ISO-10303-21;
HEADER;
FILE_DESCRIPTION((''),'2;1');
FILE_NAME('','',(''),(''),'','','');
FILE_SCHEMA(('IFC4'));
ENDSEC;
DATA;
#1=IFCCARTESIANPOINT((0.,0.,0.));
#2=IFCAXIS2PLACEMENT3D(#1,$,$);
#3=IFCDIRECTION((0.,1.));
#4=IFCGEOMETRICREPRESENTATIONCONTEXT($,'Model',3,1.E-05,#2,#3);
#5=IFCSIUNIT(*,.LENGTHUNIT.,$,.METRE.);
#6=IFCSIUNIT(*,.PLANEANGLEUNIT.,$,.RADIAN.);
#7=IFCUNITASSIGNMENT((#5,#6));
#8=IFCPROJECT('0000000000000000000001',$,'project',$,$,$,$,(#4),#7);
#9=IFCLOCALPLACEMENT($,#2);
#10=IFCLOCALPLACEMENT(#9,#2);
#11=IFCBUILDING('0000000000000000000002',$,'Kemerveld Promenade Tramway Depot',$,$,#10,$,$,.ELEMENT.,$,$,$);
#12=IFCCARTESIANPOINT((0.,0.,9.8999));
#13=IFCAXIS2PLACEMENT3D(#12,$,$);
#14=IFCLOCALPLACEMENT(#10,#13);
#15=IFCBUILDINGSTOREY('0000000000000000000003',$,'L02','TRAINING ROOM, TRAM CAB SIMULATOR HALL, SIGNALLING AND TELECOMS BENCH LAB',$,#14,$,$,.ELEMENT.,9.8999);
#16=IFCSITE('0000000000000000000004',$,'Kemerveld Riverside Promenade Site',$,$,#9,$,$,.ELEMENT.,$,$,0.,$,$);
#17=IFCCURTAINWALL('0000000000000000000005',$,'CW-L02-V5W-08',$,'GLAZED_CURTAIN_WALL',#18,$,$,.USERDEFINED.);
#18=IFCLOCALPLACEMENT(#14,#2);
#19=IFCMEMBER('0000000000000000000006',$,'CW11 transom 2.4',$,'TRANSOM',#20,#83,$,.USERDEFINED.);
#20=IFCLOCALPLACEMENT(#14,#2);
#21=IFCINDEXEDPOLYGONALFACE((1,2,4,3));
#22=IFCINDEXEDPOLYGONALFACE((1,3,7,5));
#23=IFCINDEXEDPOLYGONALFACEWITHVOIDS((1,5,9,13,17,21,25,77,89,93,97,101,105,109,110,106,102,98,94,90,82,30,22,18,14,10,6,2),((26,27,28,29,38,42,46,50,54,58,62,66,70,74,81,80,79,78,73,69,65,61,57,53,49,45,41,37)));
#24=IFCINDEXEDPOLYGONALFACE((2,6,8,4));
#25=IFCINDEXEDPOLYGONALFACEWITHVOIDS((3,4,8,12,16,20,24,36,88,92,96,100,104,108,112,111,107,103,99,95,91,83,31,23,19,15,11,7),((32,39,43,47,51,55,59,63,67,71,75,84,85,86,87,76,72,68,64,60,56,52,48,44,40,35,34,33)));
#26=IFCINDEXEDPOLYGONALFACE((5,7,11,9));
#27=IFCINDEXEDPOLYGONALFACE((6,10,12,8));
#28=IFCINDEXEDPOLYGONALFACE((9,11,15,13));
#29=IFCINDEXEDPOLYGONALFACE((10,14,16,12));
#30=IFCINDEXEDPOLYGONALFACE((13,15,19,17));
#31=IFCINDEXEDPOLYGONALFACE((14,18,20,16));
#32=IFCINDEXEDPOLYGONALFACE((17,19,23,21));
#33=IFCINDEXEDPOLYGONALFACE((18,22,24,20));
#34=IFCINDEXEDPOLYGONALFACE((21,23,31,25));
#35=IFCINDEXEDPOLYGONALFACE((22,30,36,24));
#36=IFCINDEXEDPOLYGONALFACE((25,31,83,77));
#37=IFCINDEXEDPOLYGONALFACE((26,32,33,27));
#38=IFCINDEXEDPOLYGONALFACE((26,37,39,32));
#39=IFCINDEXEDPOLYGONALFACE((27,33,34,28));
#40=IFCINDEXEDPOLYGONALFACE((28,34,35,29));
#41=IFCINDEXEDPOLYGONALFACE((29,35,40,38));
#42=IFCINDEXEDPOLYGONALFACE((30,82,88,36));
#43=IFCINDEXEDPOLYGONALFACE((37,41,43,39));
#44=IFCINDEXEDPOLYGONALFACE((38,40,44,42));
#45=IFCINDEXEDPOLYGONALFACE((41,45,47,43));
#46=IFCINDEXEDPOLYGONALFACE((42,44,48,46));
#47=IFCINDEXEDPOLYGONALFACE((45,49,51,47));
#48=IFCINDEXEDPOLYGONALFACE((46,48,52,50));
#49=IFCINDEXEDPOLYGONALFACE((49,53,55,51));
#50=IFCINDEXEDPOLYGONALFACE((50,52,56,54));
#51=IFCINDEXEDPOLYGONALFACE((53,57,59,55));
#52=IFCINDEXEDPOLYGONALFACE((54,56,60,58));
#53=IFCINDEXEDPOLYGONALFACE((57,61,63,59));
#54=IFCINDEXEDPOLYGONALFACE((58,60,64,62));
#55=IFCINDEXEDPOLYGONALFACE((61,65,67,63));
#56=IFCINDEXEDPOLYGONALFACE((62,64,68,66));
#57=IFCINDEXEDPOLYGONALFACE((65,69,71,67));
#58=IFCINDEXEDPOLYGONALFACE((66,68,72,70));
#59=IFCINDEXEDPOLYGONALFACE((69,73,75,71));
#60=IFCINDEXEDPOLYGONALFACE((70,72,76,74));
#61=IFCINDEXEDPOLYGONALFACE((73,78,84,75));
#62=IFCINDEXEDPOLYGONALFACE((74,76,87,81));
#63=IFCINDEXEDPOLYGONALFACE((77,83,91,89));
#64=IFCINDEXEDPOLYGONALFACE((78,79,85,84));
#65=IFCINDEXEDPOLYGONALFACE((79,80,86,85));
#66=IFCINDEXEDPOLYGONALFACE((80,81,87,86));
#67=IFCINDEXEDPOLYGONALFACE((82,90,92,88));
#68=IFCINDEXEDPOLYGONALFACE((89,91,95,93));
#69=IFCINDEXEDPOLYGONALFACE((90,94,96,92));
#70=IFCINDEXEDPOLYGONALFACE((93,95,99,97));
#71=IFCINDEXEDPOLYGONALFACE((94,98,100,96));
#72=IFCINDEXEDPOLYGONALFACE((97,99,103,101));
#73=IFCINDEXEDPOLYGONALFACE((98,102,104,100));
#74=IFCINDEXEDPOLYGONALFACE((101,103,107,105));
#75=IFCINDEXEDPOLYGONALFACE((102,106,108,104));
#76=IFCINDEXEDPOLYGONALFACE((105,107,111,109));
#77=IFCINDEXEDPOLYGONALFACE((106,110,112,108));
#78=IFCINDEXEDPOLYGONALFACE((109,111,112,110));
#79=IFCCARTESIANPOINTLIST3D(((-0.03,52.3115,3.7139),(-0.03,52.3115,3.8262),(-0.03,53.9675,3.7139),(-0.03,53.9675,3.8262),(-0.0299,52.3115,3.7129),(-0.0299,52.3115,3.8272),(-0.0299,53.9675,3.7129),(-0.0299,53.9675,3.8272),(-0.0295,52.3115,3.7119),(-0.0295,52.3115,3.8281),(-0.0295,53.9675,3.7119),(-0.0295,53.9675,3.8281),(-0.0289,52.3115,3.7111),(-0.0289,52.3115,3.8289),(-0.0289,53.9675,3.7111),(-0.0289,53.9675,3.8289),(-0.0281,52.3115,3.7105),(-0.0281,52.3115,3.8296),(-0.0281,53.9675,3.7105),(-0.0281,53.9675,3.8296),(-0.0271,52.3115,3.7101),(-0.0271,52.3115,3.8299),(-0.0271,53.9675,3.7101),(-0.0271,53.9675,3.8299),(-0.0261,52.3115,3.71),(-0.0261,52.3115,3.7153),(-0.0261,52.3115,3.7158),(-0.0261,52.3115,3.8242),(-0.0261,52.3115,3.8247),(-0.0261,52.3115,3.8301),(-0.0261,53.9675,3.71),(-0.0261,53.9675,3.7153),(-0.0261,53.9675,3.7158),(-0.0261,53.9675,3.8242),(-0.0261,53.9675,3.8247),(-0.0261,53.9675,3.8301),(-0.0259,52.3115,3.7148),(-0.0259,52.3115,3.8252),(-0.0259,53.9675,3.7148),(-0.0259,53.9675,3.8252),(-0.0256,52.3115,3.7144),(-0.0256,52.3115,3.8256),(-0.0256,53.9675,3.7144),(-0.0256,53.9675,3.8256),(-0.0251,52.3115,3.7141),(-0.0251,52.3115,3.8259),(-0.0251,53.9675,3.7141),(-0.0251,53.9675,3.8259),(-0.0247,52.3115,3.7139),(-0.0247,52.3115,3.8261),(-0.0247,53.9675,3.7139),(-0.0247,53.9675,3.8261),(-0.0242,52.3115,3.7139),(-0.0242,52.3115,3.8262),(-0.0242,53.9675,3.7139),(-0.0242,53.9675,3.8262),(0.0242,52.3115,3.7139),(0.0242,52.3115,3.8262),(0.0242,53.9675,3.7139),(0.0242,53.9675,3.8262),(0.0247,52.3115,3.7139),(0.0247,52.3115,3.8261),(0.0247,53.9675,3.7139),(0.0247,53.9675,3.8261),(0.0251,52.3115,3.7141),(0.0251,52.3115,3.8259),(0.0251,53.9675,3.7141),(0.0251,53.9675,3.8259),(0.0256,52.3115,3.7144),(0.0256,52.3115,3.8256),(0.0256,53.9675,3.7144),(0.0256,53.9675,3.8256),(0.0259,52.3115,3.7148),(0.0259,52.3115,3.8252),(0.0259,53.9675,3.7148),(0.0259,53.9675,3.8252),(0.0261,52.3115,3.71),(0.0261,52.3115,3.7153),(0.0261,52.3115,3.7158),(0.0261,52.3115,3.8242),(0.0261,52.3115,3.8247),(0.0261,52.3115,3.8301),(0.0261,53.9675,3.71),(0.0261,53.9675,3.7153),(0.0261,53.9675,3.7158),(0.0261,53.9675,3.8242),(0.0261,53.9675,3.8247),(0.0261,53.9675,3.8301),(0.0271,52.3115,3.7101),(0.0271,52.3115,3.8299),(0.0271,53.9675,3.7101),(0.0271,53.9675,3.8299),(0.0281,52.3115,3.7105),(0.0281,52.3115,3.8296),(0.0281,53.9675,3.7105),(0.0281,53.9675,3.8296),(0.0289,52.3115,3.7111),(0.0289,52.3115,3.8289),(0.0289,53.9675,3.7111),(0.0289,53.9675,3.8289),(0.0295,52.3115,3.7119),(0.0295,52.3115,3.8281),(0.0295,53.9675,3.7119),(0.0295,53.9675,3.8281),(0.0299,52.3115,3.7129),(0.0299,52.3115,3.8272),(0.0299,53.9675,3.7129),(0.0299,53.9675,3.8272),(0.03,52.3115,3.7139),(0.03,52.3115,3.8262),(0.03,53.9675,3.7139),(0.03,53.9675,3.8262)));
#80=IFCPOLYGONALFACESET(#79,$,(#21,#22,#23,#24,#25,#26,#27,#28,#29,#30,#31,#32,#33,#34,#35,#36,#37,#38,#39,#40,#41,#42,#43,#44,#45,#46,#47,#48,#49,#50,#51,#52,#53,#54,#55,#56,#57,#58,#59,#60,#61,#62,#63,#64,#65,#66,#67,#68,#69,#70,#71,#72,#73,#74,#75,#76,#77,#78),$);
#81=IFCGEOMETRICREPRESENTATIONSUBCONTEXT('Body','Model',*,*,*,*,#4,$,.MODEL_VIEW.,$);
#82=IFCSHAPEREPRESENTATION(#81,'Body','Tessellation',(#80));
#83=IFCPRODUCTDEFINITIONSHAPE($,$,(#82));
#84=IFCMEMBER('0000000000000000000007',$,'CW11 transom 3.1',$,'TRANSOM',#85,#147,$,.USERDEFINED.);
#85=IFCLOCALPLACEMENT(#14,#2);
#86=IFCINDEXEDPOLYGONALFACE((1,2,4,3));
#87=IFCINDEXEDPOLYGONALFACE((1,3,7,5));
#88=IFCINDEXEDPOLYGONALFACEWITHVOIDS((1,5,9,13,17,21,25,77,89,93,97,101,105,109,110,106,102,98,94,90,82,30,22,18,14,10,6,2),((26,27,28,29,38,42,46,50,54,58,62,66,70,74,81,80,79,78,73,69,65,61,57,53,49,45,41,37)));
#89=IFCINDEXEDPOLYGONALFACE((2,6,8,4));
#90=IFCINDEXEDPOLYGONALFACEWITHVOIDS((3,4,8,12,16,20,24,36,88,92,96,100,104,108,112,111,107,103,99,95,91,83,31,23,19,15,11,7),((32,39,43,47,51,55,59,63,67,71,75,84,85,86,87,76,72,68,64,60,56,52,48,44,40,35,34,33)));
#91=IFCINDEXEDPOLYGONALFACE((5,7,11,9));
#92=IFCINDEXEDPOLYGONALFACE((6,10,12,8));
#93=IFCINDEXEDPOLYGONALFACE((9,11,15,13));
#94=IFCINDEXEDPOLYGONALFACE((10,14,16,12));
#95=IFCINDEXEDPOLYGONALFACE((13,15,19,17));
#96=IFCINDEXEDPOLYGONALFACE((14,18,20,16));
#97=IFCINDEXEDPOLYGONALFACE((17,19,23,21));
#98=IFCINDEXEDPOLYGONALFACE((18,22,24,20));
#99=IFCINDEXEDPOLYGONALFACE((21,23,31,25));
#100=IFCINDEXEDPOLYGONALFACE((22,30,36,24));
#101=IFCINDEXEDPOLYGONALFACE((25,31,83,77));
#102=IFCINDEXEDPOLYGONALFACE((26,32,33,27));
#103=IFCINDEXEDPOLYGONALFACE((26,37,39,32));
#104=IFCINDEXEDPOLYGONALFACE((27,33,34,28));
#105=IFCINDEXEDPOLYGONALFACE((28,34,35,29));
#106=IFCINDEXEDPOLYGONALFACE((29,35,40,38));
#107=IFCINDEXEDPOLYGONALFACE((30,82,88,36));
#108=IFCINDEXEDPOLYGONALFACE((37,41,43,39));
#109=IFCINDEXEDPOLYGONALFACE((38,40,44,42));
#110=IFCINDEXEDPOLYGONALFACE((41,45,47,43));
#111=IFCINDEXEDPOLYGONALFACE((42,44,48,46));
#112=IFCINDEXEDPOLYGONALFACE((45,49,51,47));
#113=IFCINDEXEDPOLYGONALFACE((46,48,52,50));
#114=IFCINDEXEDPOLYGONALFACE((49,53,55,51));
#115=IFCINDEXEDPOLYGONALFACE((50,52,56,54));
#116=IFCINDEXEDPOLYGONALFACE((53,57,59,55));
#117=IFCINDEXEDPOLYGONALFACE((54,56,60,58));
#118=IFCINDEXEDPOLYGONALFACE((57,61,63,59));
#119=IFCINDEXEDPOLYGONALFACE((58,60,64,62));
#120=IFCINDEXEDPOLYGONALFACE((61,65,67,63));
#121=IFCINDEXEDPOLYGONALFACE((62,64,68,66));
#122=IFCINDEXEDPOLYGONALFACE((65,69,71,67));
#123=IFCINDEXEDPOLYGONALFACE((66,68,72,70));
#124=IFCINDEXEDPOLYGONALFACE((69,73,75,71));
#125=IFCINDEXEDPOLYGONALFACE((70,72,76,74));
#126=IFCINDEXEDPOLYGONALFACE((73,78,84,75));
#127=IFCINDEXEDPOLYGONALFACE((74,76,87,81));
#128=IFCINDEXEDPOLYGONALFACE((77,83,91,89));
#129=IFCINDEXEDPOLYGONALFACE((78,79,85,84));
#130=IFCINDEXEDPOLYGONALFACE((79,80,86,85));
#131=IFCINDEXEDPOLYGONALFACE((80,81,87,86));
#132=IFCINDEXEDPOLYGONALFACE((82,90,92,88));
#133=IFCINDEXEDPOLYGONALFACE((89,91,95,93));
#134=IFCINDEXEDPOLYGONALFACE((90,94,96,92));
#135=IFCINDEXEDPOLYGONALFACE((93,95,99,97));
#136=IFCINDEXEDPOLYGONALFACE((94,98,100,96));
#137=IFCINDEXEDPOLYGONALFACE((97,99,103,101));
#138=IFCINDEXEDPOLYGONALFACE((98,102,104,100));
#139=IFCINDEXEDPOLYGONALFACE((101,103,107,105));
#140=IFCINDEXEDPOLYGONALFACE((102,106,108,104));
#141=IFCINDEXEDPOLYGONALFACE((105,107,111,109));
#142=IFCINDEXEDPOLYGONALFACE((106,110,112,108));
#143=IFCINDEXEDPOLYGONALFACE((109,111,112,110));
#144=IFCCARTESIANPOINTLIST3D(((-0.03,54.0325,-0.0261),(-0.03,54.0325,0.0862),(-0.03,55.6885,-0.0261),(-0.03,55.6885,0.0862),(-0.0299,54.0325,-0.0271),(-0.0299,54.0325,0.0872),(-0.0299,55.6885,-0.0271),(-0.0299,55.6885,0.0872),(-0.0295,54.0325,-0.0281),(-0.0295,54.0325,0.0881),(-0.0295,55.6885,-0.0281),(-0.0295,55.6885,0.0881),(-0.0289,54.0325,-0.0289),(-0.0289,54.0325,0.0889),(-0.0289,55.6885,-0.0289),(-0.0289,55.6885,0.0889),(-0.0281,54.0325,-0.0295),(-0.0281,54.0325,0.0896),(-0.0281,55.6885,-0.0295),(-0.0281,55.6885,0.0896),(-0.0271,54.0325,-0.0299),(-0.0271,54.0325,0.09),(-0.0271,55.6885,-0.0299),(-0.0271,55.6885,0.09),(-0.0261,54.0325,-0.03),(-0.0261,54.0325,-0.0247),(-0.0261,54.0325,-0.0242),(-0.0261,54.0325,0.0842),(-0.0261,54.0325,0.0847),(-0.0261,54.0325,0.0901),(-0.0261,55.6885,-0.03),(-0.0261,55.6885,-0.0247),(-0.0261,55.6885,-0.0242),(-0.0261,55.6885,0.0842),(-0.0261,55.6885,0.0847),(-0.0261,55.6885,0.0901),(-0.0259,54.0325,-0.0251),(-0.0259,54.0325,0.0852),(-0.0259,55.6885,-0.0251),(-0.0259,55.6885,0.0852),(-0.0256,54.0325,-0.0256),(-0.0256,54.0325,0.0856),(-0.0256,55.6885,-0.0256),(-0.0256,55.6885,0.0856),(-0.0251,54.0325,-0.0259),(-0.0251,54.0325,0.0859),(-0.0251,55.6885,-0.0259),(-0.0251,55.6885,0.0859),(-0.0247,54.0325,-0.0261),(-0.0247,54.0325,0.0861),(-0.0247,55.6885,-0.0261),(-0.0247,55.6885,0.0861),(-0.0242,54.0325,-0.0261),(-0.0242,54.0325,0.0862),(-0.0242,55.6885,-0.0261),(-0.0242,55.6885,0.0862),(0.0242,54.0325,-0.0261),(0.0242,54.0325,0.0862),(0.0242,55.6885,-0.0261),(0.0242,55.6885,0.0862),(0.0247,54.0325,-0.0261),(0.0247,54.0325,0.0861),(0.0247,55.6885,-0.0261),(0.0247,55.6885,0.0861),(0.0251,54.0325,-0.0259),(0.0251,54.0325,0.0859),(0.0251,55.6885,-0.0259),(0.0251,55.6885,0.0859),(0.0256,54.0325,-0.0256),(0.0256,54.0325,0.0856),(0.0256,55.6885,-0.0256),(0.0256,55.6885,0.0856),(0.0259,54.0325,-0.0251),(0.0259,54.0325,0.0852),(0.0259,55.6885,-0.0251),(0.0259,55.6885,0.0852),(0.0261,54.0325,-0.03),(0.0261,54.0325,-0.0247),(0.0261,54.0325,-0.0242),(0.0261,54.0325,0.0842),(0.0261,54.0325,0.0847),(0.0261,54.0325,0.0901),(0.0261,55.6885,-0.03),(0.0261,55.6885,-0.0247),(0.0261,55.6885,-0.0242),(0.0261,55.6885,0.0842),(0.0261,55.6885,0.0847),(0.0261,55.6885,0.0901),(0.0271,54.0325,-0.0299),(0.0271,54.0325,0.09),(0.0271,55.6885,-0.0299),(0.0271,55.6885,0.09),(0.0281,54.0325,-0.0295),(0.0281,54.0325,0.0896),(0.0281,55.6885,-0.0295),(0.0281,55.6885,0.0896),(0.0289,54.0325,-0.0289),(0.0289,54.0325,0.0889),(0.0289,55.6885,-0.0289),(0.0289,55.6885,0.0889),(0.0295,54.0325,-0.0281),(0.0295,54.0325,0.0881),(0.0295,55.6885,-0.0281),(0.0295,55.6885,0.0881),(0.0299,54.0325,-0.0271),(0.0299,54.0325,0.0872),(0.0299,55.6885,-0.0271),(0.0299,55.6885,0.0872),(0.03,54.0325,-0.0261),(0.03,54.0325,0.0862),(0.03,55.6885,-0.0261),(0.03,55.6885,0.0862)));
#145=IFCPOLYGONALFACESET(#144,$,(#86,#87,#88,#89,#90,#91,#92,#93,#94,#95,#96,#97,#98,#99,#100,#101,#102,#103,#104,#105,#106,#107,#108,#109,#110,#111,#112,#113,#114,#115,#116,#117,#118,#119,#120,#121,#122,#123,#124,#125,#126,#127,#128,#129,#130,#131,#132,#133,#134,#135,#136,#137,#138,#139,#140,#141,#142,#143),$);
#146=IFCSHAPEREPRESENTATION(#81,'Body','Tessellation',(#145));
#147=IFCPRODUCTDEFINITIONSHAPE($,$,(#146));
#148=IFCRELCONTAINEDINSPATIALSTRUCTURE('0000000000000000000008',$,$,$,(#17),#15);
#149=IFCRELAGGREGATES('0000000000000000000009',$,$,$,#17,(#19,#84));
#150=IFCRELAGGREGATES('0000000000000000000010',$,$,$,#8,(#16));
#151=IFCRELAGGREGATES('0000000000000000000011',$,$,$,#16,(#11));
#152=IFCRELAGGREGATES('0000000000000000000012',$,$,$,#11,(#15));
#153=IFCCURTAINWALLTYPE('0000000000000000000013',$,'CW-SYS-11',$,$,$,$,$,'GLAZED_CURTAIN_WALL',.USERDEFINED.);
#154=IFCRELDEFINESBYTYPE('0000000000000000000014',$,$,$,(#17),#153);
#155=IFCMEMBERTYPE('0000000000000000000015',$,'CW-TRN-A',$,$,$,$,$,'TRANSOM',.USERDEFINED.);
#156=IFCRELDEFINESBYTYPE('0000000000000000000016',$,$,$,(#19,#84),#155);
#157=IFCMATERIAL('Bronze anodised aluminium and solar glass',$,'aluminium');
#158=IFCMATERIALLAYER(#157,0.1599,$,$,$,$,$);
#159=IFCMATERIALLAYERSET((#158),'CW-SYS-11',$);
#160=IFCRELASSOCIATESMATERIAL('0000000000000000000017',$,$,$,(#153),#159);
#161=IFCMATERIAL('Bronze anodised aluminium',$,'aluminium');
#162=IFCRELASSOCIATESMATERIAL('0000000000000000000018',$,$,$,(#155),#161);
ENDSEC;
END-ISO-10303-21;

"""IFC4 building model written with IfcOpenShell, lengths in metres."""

from ifc_helpers import new_model, si_unit, direction, frame, origin, origin_2d, place, context, subcontext, project, spatial, hollow_rectangle, extrude, material, layer, layer_set, material_profile, profile_set, type_object, element, aggregate, save


model = new_model("IFC4")

# Units and contexts
model_context = context("Model", 3, precision=1e-05, world=origin(), true_north=direction((0.0, 1.0)))
body_context = subcontext(model_context, "Body", "Model", "MODEL_VIEW")
ifc_project = project(units=[si_unit("LENGTHUNIT", "METRE"), si_unit("PLANEANGLEUNIT", "RADIAN")], contexts=[model_context])

# Site, building, storey
site_placement = place(None, origin())
site = spatial("IfcSite", under=ifc_project, at=site_placement, Name="Kemerveld Riverside Promenade Site", CompositionType="ELEMENT", RefElevation=0.0)
building_placement = place(site_placement, origin())
building = spatial("IfcBuilding", under=site, at=building_placement, Name="Kemerveld Promenade Tramway Depot", CompositionType="ELEMENT")
storey_placement = place(building_placement, frame((0.0, 0.0, 9.8999)))
storey = spatial("IfcBuildingStorey", under=building, at=storey_placement, Name="L02", Description="TRAINING ROOM, TRAM CAB SIMULATOR HALL, SIGNALLING AND TELECOMS BENCH LAB", CompositionType="ELEMENT", Elevation=9.8999)

# Curtain wall, members
ifc_material_1 = material(Name="Bronze anodised aluminium and solar glass", Category="aluminium")
ifc_layer_1 = layer(ifc_material_1, 0.1599)
ifc_layer_set_1 = layer_set([ifc_layer_1], Name="CW-SYS-11")
curtain_wall_type = type_object("IfcCurtainWallType", Name="CW-SYS-11", ElementType="GLAZED_CURTAIN_WALL", PredefinedType="USERDEFINED", material=ifc_layer_set_1)
curtain_wall_placement = place(storey_placement, origin())
curtain_wall = element("IfcCurtainWall", 1, at=curtain_wall_placement, inside=storey, type_object=curtain_wall_type, Name="CW-L02-V5W-08", ObjectType="GLAZED_CURTAIN_WALL", PredefinedType="USERDEFINED")
ifc_material_2 = material(Name="Bronze anodised aluminium", Category="aluminium")
ifc_material_profile_1 = material_profile(ifc_material_2, hollow_rectangle(XDim=0.0601, YDim=0.1201, WallThickness=0.0039, InnerFilletRadius=0.002, OuterFilletRadius=0.0039, at=origin_2d()), Name="CW-TRN-120x60")
ifc_profile_set_1 = profile_set([ifc_material_profile_1], Name="Bronze anodised aluminium")
member_type_1 = type_object("IfcMemberType", Name="CW-TRN-A", ElementType="TRANSOM", PredefinedType="USERDEFINED", material=ifc_profile_set_1)
member_1_placement = place(storey_placement, frame((0.0, 52.3115, 3.77), z_axis=(0.0, 1.0, 0.0), x_axis=(-1.0, 0.0, 0.0)))
member_1 = element("IfcMember", 2, at=member_1_placement, type_object=member_type_1, Name="CW11 transom 2.4", ObjectType="TRANSOM", PredefinedType="USERDEFINED", context=body_context, shape_type="SweptSolid", body=[
    extrude(hollow_rectangle(XDim=0.0601, YDim=0.1201, WallThickness=0.0039, InnerFilletRadius=0.002, OuterFilletRadius=0.0039, at=origin_2d()), origin(), (0.0, 0.0, 1.0), 1.656),
])
member_2_placement = place(storey_placement, frame((0.0, 54.0325, 0.03), z_axis=(0.0, 1.0, 0.0), x_axis=(-1.0, 0.0, 0.0)))
member_2 = element("IfcMember", 3, at=member_2_placement, type_object=member_type_1, Name="CW11 transom 3.1", ObjectType="TRANSOM", PredefinedType="USERDEFINED", context=body_context, shape_type="SweptSolid", body=[
    extrude(hollow_rectangle(XDim=0.0601, YDim=0.1201, WallThickness=0.0039, InnerFilletRadius=0.002, OuterFilletRadius=0.0039, at=origin_2d()), origin(), (0.0, 0.0, 1.0), 1.656),
])
aggregate(curtain_wall, [member_1, member_2])

save(model, "model.ifc")
